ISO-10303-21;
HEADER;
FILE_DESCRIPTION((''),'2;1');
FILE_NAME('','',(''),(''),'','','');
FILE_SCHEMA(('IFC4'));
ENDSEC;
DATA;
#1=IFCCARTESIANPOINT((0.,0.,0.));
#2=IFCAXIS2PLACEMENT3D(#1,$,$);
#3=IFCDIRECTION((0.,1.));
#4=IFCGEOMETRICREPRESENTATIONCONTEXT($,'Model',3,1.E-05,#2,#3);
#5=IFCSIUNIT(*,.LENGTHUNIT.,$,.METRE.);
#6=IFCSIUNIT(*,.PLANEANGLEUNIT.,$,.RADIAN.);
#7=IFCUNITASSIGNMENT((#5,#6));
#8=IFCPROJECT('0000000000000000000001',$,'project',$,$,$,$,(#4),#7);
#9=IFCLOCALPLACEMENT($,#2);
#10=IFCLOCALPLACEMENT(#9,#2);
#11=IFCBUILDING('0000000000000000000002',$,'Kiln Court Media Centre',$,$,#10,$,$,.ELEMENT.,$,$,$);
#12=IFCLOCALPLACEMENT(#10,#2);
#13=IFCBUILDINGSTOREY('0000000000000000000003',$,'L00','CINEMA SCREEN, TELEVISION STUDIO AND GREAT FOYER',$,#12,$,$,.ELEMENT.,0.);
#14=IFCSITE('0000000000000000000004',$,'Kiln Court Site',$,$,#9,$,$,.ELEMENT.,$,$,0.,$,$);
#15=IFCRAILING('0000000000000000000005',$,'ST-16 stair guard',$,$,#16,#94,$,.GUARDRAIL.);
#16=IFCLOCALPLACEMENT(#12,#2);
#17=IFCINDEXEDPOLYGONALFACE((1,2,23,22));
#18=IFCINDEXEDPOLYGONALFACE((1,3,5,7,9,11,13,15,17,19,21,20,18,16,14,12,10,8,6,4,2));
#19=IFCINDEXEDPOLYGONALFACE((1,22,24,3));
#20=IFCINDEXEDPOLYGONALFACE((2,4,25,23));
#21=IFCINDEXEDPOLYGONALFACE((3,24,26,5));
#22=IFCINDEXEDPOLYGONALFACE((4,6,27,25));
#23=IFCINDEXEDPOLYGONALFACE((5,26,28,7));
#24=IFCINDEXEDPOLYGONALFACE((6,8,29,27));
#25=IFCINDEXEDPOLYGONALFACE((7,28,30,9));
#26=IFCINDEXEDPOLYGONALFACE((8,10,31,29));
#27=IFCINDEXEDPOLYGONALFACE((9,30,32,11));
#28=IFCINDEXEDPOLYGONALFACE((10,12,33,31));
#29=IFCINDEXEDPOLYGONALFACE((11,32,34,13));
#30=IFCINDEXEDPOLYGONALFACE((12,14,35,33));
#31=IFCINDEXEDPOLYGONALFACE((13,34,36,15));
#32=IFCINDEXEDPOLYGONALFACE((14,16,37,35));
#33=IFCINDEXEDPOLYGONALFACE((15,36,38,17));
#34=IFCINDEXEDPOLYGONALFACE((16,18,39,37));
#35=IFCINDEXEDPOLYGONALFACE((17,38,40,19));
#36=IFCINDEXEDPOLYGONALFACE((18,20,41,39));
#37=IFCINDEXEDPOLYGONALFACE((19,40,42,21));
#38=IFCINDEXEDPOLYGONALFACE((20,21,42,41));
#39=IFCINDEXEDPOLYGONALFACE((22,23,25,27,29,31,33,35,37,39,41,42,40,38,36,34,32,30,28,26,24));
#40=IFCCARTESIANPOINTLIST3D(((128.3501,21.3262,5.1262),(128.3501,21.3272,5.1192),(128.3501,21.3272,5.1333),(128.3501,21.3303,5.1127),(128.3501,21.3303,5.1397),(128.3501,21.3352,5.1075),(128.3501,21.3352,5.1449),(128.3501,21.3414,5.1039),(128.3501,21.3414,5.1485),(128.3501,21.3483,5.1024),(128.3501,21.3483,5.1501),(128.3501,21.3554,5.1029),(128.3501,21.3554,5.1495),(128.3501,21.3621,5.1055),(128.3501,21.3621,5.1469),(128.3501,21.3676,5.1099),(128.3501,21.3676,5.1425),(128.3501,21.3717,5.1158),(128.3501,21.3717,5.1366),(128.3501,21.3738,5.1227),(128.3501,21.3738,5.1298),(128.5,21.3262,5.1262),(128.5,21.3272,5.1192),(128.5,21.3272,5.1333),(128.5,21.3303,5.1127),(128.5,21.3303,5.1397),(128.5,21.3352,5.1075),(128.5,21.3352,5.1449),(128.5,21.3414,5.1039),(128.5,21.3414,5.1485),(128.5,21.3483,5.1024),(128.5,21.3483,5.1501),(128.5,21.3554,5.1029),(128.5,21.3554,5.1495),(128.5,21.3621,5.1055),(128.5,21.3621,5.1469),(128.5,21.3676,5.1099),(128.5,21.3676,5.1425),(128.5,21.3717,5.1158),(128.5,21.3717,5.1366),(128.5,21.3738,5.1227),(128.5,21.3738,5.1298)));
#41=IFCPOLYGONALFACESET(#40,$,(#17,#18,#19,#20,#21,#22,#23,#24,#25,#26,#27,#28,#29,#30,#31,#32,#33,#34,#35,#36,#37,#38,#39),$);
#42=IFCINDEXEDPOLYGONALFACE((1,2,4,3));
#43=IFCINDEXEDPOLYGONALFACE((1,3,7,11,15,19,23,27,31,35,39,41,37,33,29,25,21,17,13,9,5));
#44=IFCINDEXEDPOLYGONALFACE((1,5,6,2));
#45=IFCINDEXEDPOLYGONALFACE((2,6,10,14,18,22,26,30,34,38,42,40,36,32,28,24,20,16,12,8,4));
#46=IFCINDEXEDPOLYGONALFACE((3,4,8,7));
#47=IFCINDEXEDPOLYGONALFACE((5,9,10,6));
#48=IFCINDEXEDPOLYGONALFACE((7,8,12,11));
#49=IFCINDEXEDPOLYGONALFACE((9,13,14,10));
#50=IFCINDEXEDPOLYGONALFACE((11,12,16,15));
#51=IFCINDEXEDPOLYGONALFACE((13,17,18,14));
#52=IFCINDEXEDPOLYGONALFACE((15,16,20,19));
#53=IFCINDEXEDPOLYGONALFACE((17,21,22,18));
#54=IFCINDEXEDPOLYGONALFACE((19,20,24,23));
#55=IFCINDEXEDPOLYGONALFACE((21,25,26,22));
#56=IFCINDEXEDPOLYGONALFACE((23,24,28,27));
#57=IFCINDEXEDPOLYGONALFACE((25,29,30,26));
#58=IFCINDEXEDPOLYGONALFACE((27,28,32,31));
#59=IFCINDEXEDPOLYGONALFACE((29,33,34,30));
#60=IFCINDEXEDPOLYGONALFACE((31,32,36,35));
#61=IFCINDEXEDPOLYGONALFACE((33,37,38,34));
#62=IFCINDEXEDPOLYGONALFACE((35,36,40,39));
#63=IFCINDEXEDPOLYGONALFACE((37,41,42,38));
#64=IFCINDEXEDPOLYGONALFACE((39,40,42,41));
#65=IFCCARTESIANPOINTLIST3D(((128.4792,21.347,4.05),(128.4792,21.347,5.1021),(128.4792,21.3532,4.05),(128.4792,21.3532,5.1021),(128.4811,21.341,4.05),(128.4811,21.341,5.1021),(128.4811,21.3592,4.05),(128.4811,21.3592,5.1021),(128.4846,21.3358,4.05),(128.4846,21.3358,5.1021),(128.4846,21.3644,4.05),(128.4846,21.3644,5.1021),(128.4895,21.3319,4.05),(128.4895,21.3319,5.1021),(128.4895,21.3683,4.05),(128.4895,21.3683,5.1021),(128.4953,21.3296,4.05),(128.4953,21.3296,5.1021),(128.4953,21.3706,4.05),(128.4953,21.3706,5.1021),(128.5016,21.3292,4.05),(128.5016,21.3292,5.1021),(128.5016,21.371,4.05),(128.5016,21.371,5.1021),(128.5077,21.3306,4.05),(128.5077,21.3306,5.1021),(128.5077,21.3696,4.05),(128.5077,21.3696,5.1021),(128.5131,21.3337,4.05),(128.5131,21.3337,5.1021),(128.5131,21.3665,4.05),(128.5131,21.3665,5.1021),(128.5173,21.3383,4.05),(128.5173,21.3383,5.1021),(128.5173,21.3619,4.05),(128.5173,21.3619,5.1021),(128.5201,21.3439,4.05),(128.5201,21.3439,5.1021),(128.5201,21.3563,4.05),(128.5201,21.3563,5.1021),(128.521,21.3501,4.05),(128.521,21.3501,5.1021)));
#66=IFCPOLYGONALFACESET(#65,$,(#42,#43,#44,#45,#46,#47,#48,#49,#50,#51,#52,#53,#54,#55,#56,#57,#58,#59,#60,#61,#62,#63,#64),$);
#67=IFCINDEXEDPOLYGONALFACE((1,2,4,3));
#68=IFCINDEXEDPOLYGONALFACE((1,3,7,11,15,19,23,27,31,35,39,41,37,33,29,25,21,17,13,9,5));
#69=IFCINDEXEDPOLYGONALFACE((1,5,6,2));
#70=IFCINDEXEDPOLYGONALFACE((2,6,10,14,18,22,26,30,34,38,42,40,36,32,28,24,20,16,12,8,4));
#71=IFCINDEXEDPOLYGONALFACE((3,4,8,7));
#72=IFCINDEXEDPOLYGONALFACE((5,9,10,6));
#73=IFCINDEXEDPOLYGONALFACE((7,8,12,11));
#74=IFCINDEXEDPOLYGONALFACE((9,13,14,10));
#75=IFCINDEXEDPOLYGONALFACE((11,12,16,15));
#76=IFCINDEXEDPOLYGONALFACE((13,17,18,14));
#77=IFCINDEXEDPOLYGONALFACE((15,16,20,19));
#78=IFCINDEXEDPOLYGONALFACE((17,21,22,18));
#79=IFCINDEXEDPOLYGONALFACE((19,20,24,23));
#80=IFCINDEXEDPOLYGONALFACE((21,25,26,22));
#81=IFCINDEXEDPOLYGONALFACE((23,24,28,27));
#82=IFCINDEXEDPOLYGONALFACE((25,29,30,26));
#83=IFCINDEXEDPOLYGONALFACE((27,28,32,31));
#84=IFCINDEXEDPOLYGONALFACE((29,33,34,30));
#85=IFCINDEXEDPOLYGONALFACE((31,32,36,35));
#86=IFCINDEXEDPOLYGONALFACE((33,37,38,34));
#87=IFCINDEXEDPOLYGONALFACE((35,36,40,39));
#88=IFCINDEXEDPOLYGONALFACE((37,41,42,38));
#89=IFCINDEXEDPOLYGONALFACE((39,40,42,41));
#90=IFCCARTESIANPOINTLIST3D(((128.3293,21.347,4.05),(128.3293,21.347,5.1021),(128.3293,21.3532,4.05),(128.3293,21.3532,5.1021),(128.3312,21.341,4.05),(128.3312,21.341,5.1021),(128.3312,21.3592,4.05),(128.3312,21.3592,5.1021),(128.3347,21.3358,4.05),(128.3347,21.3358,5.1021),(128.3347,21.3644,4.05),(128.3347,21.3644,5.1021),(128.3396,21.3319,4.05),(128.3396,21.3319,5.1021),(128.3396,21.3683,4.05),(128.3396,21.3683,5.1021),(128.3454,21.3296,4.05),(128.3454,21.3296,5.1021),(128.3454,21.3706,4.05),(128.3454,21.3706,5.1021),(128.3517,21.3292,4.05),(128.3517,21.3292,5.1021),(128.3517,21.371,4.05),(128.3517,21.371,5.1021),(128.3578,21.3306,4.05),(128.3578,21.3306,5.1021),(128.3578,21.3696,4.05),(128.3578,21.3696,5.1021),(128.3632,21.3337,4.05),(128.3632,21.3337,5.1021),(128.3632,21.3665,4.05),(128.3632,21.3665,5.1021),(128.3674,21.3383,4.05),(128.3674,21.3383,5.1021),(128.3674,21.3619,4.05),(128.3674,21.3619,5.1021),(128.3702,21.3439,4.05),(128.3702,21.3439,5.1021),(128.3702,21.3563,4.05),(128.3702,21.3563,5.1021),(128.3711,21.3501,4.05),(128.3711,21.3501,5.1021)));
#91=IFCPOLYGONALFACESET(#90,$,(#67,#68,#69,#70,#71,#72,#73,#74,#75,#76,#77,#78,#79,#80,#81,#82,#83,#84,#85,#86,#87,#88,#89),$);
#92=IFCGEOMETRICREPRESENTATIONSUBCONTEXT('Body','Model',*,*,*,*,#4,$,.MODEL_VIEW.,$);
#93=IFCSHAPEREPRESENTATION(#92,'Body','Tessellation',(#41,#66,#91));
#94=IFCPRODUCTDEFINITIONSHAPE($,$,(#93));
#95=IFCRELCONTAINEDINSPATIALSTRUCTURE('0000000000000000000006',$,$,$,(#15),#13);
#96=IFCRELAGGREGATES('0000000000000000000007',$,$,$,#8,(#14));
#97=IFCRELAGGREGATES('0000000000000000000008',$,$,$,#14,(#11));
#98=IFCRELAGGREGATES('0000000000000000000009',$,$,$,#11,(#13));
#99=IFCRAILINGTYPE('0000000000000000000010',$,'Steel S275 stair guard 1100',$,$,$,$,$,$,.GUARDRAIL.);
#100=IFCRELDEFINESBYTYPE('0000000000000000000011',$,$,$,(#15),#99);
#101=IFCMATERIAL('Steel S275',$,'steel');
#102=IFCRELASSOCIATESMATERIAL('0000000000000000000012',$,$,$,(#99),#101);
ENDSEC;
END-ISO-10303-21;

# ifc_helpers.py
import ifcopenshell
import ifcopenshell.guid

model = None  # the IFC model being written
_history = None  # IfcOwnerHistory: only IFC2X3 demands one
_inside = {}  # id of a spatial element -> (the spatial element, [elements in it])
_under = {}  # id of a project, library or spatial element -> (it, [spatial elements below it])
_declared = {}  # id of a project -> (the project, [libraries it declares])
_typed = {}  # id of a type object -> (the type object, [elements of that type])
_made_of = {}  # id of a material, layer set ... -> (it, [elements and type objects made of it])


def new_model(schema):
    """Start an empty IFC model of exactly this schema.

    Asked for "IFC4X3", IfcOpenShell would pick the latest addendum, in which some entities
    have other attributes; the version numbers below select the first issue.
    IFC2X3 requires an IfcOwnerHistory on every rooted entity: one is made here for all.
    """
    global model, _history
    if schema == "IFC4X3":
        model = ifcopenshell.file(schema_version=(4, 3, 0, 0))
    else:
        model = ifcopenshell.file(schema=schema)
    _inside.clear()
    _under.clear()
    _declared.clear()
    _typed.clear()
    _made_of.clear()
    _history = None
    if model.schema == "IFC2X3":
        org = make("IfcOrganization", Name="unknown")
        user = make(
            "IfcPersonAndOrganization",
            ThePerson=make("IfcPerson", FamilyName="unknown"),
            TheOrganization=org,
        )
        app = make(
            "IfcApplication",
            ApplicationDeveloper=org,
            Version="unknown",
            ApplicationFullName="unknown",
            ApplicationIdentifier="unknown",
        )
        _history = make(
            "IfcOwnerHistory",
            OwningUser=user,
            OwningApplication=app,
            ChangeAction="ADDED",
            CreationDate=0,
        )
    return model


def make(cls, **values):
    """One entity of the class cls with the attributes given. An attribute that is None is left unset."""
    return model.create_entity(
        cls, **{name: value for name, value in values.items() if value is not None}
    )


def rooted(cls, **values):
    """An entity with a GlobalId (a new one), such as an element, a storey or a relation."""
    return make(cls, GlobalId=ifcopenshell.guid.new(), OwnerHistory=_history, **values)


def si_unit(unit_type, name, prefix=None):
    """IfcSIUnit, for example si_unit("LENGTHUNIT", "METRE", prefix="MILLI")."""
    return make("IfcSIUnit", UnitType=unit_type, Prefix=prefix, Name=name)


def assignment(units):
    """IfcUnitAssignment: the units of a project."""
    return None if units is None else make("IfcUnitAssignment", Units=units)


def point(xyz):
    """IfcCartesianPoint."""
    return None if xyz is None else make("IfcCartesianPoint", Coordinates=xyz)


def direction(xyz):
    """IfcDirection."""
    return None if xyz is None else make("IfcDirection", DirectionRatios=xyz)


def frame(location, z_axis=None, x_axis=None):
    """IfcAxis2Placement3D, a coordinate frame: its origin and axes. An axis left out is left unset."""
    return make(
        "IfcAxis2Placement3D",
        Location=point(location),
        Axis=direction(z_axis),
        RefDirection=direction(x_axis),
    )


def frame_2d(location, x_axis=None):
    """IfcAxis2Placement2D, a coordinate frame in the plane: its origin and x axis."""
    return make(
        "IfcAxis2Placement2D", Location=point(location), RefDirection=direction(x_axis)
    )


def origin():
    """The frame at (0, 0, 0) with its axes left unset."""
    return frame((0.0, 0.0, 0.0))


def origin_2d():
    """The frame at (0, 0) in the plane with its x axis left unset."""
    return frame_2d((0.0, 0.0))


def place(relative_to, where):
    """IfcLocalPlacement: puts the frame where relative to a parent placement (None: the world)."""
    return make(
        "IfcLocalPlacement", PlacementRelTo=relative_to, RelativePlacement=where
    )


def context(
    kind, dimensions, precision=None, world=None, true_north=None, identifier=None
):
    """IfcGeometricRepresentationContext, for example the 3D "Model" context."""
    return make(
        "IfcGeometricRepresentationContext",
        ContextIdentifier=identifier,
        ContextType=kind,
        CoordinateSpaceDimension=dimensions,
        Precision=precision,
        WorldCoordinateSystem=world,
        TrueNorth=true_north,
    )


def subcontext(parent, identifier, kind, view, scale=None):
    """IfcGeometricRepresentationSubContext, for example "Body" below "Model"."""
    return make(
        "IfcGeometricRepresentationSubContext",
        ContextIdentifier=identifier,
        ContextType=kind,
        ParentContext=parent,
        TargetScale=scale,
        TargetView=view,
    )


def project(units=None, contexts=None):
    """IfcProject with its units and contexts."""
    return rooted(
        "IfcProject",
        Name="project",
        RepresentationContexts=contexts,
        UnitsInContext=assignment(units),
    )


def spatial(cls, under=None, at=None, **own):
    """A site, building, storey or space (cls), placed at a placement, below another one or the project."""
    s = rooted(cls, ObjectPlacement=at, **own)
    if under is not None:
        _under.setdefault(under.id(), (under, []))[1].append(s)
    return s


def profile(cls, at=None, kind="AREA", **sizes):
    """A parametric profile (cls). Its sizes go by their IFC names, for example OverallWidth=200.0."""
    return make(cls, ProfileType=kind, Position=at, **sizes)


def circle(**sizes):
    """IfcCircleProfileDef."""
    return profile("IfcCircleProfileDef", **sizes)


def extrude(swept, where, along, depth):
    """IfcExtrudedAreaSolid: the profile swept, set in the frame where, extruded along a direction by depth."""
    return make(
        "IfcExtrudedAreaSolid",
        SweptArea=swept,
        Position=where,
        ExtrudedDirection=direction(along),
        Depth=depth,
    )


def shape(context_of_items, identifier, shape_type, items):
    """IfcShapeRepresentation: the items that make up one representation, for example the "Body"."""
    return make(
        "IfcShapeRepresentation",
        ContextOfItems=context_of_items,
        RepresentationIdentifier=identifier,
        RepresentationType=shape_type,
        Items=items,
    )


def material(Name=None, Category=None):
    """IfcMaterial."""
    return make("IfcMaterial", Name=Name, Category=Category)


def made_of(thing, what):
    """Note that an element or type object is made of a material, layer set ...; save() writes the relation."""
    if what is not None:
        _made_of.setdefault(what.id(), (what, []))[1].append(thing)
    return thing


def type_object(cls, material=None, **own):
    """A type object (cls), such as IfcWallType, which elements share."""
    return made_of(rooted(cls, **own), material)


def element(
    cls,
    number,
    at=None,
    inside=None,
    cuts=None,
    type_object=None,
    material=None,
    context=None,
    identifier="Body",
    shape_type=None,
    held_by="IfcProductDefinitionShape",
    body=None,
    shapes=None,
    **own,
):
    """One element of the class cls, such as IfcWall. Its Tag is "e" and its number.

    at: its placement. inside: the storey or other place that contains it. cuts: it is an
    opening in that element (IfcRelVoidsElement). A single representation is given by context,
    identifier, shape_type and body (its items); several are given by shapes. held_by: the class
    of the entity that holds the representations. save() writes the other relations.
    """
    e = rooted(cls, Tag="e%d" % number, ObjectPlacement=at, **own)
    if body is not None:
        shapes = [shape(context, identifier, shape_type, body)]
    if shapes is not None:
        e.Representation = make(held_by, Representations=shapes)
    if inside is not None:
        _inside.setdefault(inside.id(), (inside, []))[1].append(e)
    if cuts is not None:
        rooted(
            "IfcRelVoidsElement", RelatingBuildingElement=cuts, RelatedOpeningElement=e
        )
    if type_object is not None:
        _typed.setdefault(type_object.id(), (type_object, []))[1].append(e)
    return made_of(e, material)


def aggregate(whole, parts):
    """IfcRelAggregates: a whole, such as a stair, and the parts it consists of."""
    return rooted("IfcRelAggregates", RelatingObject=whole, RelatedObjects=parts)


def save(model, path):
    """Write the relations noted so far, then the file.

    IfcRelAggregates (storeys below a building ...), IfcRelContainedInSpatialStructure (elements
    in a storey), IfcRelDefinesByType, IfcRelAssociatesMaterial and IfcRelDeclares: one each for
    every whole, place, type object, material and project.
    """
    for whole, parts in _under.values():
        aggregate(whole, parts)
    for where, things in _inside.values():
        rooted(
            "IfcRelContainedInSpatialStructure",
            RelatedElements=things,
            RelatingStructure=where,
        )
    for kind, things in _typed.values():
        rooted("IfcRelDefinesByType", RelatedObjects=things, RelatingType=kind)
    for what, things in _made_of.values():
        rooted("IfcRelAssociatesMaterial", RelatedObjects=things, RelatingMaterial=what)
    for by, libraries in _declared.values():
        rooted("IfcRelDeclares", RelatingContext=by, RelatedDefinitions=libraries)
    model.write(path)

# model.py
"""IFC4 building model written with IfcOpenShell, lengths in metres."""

from ifc_helpers import new_model, si_unit, direction, frame, origin, origin_2d, place, context, subcontext, project, spatial, circle, extrude, material, type_object, element, save


model = new_model("IFC4")

# Units and contexts
model_context = context("Model", 3, precision=1e-05, world=origin(), true_north=direction((0.0, 1.0)))
body_context = subcontext(model_context, "Body", "Model", "MODEL_VIEW")
ifc_project = project(units=[si_unit("LENGTHUNIT", "METRE"), si_unit("PLANEANGLEUNIT", "RADIAN")], contexts=[model_context])

# Site, building, storey
site_placement = place(None, origin())
site = spatial("IfcSite", under=ifc_project, at=site_placement, Name="Kiln Court Site", CompositionType="ELEMENT", RefElevation=0.0)
building_placement = place(site_placement, origin())
building = spatial("IfcBuilding", under=site, at=building_placement, Name="Kiln Court Media Centre", CompositionType="ELEMENT")
storey_placement = place(building_placement, origin())
storey = spatial("IfcBuildingStorey", under=building, at=storey_placement, Name="L00", Description="CINEMA SCREEN, TELEVISION STUDIO AND GREAT FOYER", CompositionType="ELEMENT", Elevation=0.0)

# Railing
ifc_material_1 = material(Name="Steel S275", Category="steel")
railing_type = type_object("IfcRailingType", Name="Steel S275 stair guard 1100", PredefinedType="GUARDRAIL", material=ifc_material_1)
for number, where, name in (
    (1, (128.5, 21.3501, 4.05), "ST-16 stair guard"),
):
    element("IfcRailing", number, at=place(storey_placement, frame(where)), inside=storey, type_object=railing_type, Name=name, PredefinedType="GUARDRAIL", context=body_context, shape_type="SweptSolid", body=[
        extrude(circle(Radius=0.0239, at=origin_2d()), frame((0.0, 0.0, 1.0762), z_axis=(-1.0, 0.0, 0.0), x_axis=(0.0, -1.0, 0.0)), (0.0, 0.0, 1.0), 0.1499),
        extrude(circle(Radius=0.021, at=origin_2d()), origin(), (0.0, 0.0, 1.0), 1.052),
        extrude(circle(Radius=0.021, at=origin_2d()), frame((-0.1499, 0.0, 0.0)), (0.0, 0.0, 1.0), 1.052),
    ])

save(model, "model.ifc")
